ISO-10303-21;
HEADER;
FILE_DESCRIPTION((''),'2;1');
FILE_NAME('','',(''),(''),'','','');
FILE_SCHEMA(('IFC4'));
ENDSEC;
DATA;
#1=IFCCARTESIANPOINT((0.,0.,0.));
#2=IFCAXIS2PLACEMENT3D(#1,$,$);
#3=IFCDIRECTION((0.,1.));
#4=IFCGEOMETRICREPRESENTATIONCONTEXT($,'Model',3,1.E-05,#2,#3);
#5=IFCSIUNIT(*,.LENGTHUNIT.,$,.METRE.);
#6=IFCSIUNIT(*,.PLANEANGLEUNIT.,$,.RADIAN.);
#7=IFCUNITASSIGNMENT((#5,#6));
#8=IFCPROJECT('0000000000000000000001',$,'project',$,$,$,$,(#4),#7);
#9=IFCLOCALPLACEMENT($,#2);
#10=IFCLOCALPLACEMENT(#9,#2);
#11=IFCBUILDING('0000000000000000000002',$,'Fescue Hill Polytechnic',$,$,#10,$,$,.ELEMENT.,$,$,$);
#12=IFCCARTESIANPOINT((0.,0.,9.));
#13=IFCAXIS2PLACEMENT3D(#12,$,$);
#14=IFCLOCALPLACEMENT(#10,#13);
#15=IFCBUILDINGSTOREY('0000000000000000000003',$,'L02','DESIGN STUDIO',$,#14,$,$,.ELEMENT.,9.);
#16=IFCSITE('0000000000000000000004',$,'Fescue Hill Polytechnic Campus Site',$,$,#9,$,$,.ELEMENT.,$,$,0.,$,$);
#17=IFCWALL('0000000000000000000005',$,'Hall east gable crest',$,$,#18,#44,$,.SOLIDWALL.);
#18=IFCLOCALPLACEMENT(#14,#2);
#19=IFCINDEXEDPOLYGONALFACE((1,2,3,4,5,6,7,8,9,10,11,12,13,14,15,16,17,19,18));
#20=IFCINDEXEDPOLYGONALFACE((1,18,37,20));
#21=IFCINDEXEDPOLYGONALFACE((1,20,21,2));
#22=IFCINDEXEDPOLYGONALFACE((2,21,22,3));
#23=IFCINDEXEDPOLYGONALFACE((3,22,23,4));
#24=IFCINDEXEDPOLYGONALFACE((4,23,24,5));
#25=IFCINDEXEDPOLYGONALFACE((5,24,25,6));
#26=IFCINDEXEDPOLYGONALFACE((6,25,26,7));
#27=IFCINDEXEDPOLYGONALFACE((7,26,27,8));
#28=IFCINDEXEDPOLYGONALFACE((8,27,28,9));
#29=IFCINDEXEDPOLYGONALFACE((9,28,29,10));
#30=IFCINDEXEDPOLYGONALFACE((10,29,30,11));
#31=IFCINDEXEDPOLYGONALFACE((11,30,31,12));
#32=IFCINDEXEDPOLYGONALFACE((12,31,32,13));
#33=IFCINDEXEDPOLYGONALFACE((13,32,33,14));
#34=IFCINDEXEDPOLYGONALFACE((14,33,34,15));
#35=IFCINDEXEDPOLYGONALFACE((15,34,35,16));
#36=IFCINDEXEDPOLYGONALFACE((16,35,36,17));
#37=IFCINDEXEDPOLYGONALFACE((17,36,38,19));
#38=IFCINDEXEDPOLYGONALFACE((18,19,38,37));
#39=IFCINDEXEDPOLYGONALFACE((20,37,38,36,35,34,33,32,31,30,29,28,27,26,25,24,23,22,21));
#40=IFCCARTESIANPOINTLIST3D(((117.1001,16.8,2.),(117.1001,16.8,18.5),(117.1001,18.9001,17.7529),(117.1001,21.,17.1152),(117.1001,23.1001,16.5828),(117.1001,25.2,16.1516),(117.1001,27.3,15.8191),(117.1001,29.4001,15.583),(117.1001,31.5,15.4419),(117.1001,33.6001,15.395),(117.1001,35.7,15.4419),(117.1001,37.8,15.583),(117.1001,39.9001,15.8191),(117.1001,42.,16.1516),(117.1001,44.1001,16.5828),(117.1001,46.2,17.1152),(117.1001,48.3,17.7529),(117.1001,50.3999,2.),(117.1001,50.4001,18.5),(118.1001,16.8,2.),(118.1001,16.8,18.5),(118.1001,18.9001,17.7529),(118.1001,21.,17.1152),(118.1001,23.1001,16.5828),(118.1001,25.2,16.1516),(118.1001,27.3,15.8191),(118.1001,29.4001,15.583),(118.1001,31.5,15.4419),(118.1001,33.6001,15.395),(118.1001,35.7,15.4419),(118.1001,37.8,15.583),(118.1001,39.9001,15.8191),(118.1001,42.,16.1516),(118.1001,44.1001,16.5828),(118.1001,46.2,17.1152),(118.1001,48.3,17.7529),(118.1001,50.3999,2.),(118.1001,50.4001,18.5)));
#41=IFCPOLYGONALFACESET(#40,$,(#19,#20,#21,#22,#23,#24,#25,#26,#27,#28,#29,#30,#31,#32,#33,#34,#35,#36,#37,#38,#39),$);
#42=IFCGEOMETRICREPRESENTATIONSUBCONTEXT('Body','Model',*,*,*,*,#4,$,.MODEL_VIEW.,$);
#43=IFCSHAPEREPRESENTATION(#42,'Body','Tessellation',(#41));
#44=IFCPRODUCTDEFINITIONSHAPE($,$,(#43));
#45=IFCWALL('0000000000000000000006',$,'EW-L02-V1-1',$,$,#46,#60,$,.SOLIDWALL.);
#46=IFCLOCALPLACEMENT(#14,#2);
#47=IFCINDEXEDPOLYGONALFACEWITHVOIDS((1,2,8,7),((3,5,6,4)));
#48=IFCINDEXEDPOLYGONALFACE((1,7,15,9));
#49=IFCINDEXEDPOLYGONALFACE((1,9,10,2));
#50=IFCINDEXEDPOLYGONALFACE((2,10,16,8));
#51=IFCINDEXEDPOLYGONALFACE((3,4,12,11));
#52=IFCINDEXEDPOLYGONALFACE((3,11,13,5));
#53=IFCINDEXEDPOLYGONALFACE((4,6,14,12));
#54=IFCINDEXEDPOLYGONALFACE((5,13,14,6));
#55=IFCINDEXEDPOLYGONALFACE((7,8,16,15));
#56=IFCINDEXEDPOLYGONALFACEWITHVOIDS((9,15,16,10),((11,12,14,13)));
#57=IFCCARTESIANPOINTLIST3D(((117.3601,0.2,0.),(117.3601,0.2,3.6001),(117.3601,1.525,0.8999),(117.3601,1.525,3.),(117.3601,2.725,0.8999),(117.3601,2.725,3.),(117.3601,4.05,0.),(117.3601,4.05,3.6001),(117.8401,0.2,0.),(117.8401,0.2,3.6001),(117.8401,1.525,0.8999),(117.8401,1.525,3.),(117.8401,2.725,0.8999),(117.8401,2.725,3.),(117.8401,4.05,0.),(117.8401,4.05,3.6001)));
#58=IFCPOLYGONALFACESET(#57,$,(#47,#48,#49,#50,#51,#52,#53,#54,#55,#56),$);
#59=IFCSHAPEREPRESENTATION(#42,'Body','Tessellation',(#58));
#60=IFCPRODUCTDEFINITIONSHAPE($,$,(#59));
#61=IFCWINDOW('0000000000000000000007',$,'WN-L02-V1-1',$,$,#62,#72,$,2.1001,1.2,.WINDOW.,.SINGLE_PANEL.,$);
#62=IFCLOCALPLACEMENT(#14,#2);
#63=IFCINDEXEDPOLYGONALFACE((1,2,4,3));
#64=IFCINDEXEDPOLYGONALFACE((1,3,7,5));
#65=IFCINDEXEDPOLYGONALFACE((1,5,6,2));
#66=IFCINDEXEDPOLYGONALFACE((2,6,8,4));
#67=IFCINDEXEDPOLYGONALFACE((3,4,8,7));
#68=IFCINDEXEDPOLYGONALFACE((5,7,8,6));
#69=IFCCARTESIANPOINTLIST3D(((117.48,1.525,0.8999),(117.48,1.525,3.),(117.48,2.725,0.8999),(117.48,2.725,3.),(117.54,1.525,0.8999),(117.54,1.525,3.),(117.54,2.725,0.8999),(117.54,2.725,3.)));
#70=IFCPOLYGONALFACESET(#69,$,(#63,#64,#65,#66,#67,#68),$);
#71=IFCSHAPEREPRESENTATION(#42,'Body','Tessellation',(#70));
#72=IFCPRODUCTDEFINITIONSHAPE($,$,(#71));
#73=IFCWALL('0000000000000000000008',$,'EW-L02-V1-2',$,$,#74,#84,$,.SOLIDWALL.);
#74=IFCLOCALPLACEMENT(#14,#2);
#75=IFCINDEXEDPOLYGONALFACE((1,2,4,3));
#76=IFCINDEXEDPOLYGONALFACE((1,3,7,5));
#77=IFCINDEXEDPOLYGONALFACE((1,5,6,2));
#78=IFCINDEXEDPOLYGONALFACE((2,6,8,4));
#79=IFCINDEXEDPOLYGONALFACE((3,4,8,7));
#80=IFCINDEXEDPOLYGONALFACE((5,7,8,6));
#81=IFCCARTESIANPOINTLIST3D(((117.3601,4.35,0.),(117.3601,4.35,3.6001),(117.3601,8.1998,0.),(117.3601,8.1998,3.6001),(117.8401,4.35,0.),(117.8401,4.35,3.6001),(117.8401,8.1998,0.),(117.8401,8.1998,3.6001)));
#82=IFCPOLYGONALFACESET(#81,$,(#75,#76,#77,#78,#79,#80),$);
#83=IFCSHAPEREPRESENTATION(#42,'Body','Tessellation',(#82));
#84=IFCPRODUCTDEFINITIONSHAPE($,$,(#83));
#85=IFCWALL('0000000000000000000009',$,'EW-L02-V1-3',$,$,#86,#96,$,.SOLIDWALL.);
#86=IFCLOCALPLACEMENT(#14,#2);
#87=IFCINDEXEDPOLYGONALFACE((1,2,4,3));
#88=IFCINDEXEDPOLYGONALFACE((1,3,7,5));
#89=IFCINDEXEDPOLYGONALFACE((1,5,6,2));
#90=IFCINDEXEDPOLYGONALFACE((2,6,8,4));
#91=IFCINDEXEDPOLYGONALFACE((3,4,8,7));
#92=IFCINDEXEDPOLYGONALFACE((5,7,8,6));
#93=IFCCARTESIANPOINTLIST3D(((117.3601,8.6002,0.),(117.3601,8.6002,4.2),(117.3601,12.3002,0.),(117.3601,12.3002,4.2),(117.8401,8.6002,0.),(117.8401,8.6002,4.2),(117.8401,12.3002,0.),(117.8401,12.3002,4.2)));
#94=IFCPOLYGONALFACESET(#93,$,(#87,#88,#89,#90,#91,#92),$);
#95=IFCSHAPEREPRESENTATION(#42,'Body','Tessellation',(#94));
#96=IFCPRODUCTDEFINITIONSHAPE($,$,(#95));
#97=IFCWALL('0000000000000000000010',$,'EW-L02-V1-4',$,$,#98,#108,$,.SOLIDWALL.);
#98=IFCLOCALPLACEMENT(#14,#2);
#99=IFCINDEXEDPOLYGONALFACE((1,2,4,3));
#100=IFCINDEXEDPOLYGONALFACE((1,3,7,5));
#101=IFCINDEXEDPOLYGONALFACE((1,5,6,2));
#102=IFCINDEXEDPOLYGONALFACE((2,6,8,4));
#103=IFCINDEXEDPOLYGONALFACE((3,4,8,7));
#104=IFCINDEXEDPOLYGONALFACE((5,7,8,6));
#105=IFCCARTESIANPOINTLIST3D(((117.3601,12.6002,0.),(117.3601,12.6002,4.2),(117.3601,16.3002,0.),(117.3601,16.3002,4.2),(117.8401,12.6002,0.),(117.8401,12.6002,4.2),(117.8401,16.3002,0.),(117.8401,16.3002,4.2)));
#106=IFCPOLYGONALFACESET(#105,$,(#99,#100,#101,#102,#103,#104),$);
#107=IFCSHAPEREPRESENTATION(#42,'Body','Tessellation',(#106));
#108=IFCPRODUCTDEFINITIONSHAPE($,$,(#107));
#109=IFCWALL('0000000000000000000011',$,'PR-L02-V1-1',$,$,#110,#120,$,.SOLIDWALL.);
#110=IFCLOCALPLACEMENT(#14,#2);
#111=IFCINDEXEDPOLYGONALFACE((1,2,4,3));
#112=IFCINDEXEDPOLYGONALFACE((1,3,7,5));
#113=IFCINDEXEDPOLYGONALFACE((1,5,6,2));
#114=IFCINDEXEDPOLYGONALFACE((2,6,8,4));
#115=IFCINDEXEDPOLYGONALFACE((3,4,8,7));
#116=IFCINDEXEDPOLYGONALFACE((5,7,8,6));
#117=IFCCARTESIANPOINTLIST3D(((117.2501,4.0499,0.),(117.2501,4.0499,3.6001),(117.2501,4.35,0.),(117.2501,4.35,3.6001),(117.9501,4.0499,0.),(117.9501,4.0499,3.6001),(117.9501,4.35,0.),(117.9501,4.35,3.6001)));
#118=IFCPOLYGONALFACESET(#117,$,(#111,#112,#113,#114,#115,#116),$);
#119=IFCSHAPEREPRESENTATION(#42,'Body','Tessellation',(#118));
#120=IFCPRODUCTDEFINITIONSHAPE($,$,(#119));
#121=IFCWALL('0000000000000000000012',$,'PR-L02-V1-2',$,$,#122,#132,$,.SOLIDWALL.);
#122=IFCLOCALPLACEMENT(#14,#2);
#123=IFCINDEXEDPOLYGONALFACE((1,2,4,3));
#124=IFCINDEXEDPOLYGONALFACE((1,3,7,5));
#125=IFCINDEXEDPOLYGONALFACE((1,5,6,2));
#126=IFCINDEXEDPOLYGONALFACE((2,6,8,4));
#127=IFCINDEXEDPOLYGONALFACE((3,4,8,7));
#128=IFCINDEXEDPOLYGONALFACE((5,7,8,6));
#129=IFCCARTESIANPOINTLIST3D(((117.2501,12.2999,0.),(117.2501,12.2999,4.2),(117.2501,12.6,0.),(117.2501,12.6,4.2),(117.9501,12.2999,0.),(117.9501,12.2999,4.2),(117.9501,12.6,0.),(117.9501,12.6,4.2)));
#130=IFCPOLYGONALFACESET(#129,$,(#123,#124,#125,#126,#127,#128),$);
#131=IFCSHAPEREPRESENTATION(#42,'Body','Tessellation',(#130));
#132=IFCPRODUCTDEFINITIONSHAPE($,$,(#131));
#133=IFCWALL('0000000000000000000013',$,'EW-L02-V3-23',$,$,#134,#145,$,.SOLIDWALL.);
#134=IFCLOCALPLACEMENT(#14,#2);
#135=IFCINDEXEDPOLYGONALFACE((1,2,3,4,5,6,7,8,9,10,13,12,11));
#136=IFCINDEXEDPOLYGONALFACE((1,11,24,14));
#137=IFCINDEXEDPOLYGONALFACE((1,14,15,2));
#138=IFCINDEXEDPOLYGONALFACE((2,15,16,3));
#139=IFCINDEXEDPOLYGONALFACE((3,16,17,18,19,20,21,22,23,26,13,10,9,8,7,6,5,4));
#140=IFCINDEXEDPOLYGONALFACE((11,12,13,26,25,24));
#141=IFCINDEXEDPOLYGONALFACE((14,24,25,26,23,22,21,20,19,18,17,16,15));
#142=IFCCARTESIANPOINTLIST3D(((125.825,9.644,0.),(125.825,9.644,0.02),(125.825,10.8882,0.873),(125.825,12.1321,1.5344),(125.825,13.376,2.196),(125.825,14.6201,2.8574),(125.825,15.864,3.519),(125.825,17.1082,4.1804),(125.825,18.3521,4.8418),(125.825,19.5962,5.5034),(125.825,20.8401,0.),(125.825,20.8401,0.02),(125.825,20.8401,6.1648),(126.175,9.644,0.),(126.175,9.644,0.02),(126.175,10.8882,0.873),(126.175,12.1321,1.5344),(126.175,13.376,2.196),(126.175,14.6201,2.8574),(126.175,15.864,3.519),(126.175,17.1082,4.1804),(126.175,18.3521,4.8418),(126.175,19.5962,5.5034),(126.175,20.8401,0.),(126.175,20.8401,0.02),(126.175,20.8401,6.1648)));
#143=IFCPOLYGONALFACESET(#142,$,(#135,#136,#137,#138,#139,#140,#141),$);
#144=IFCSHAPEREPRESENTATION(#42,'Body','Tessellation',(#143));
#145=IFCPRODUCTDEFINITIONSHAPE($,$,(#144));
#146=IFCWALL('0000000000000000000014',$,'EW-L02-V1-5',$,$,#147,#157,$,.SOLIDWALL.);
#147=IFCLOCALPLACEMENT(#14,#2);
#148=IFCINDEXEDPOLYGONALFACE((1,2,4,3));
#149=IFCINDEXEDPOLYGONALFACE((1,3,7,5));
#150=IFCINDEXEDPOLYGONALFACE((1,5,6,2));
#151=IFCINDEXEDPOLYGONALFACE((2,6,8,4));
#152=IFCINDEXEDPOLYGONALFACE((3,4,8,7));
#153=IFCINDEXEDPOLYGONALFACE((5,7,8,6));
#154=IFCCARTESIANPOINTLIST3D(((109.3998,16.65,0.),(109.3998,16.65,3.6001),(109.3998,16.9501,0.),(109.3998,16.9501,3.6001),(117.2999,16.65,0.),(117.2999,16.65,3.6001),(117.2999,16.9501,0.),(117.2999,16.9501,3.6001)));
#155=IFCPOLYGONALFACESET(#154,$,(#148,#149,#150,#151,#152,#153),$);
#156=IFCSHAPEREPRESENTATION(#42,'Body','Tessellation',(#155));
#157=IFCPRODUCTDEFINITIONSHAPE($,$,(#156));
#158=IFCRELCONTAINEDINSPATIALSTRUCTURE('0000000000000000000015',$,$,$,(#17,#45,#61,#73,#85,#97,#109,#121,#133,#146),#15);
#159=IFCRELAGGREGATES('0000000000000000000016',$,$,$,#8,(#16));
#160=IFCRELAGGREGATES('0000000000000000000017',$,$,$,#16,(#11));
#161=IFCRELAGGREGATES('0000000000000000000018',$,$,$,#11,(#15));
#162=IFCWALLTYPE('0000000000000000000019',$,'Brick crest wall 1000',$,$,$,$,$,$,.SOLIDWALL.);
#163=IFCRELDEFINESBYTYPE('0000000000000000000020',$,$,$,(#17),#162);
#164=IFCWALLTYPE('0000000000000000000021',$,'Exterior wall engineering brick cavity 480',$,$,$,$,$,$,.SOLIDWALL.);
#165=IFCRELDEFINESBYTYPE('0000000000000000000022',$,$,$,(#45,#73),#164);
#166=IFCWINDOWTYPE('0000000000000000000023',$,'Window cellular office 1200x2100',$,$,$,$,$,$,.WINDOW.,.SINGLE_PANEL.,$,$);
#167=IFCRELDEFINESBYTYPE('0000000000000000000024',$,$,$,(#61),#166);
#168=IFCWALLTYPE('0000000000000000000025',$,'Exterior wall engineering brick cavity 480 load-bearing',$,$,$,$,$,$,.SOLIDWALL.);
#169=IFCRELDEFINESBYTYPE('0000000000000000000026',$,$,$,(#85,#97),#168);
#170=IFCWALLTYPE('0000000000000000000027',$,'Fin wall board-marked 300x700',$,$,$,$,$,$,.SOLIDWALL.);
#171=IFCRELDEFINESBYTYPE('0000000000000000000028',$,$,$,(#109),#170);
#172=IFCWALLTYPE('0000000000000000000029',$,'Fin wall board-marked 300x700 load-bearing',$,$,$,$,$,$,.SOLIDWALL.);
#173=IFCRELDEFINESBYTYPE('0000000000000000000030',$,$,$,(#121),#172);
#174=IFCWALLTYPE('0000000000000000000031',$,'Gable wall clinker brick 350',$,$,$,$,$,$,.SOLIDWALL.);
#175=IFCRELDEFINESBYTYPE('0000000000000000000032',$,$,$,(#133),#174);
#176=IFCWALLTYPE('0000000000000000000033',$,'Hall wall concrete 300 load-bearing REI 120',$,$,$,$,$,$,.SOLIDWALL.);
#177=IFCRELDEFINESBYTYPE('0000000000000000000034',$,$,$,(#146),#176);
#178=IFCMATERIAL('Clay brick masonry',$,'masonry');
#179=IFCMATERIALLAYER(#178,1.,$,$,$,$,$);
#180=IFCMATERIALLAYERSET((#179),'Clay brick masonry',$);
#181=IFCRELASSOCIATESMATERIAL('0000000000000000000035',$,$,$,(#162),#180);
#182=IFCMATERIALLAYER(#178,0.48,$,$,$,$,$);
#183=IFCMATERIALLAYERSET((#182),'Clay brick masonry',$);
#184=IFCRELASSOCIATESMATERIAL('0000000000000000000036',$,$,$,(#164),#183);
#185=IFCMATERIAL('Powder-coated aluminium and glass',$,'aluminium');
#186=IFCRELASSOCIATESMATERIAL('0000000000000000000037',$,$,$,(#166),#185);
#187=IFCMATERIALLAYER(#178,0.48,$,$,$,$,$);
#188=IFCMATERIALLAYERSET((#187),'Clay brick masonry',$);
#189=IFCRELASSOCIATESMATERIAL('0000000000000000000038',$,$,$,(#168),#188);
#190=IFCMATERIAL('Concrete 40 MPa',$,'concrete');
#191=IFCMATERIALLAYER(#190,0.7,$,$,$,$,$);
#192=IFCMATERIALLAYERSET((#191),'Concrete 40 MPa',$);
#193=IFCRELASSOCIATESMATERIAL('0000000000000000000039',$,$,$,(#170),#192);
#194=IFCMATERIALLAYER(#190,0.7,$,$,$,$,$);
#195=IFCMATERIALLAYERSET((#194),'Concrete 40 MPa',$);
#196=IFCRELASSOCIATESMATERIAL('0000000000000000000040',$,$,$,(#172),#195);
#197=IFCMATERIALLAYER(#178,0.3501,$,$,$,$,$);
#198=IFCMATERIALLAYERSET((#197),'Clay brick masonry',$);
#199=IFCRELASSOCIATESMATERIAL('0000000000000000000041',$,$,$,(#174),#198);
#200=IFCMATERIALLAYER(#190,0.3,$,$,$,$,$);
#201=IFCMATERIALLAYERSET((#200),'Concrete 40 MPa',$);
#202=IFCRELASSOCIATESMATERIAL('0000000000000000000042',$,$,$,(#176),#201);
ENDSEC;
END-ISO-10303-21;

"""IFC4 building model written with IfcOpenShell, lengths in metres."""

from ifc_helpers import new_model, si_unit, direction, frame, frame_2d, origin, place, context, subcontext, project, spatial, polyline, rectangle, outline, extrude, material, layer, layer_set, type_object, element, fill, save


model = new_model("IFC4")

# Units and contexts
model_context = context("Model", 3, precision=1e-05, world=origin(), true_north=direction((0.0, 1.0)))
body_context = subcontext(model_context, "Body", "Model", "MODEL_VIEW")
ifc_project = project(units=[si_unit("LENGTHUNIT", "METRE"), si_unit("PLANEANGLEUNIT", "RADIAN")], contexts=[model_context])

# Site, building, storey
site_placement = place(None, origin())
site = spatial("IfcSite", under=ifc_project, at=site_placement, Name="Fescue Hill Polytechnic Campus Site", CompositionType="ELEMENT", RefElevation=0.0)
building_placement = place(site_placement, origin())
building = spatial("IfcBuilding", under=site, at=building_placement, Name="Fescue Hill Polytechnic", CompositionType="ELEMENT")
storey_placement = place(building_placement, frame((0.0, 0.0, 9.0)))
storey = spatial("IfcBuildingStorey", under=building, at=storey_placement, Name="L02", Description="DESIGN STUDIO", CompositionType="ELEMENT", Elevation=9.0)

# Shared definitions
ifc_material_1 = material(Name="Concrete 40 MPa", Category="concrete")

# Shared definitions
ifc_material_2 = material(Name="Powder-coated aluminium and glass", Category="aluminium")

# Wall
ifc_material_3 = material(Name="Clay brick masonry", Category="masonry")
ifc_layer_1 = layer(ifc_material_3, 1.0)
ifc_layer_set_1 = layer_set([ifc_layer_1], Name="Clay brick masonry")
wall_type_1 = type_object("IfcWallType", Name="Brick crest wall 1000", PredefinedType="SOLIDWALL", material=ifc_layer_set_1)
wall_1_placement = place(storey_placement, frame((117.6001, 16.8, 2.0), z_axis=(0.0, 0.0, 1.0), x_axis=(0.0, 1.0, 0.0)))
element("IfcWall", 1, at=wall_1_placement, inside=storey, type_object=wall_type_1, Name="Hall east gable crest", PredefinedType="SOLIDWALL", context=body_context, shape_type="SweptSolid", body=[
    extrude(outline(polyline([(0.0, 0.0), (33.5999, 0.0), (33.6001, 16.5), (31.5, 15.7529), (29.3999, 15.1152), (27.3, 14.5828), (25.2, 14.1516), (23.1001, 13.8191), (21.0, 13.583), (18.8999, 13.4419), (16.8, 13.395), (14.7, 13.4419), (12.6001, 13.583), (10.5, 13.8191), (8.3999, 14.1516), (6.3, 14.5828), (4.2, 15.1152), (2.1001, 15.7529), (0.0, 16.5), (0.0, 0.0)])), frame((0.0, 0.5, 0.0), z_axis=(0.0, -1.0, 0.0), x_axis=(1.0, 0.0, 0.0)), (0.0, 0.0, 1.0), 1.0),
])

# Wall, opening, window
ifc_layer_2 = layer(ifc_material_3, 0.48)
ifc_layer_set_2 = layer_set([ifc_layer_2], Name="Clay brick masonry")
wall_type_2 = type_object("IfcWallType", Name="Exterior wall engineering brick cavity 480", PredefinedType="SOLIDWALL", material=ifc_layer_set_2)
wall_2_placement = place(storey_placement, frame((117.6001, 0.2, 0.0), z_axis=(0.0, 0.0, 1.0), x_axis=(0.0, 1.0, 0.0)))
wall_2 = element("IfcWall", 2, at=wall_2_placement, inside=storey, type_object=wall_type_2, Name="EW-L02-V1-1", PredefinedType="SOLIDWALL", context=body_context, shape_type="SweptSolid", body=[
    extrude(rectangle(XDim=3.8501, YDim=0.48, at=frame_2d((1.925, 0.0))), origin(), (0.0, 0.0, 1.0), 3.6001),
])
opening_1_placement = place(wall_2_placement, frame((1.325, 0.0, 0.8999)))
opening_1 = element("IfcOpeningElement", 3, at=opening_1_placement, cuts=wall_2, PredefinedType="OPENING", context=body_context, shape_type="SweptSolid", body=[
    extrude(rectangle(XDim=1.2, YDim=2.1001, at=frame_2d((0.6001, 1.05))), frame((0.0, 0.25, 0.0), z_axis=(0.0, -1.0, 0.0), x_axis=(1.0, 0.0, 0.0)), (0.0, 0.0, 1.0), 0.5),
])
window_type_1 = type_object("IfcWindowType", Name="Window cellular office 1200x2100", PartitioningType="SINGLE_PANEL", PredefinedType="WINDOW", material=ifc_material_2)
window_1_placement = place(opening_1_placement, origin())
window_1 = element("IfcWindow", 4, at=window_1_placement, inside=storey, type_object=window_type_1, Name="WN-L02-V1-1", OverallHeight=2.1001, OverallWidth=1.2, PartitioningType="SINGLE_PANEL", PredefinedType="WINDOW", context=body_context, shape_type="SweptSolid", body=[
    extrude(rectangle(XDim=1.2, YDim=2.1001, at=frame_2d((0.6001, 1.05))), frame((0.0, 0.1201, 0.0), z_axis=(0.0, -1.0, 0.0), x_axis=(1.0, 0.0, 0.0)), (0.0, 0.0, 1.0), 0.0601),
])
fill(opening_1, window_1)

# Walls
wall_3_placement = place(storey_placement, frame((117.6001, 4.3501, 0.0), z_axis=(0.0, 0.0, 1.0), x_axis=(0.0, 1.0, 0.0)))
element("IfcWall", 5, at=wall_3_placement, inside=storey, type_object=wall_type_2, Name="EW-L02-V1-2", PredefinedType="SOLIDWALL", context=body_context, shape_type="SweptSolid", body=[
    extrude(rectangle(XDim=3.8499, YDim=0.48, at=frame_2d((1.9248, 0.0))), origin(), (0.0, 0.0, 1.0), 3.6001),
])
ifc_layer_3 = layer(ifc_material_3, 0.48)
ifc_layer_set_3 = layer_set([ifc_layer_3], Name="Clay brick masonry")
wall_type_3 = type_object("IfcWallType", Name="Exterior wall engineering brick cavity 480 load-bearing", PredefinedType="SOLIDWALL", material=ifc_layer_set_3)
for number, where, z_axis, x_axis, name in (
    (6, (117.6001, 8.6001, 0.0), (0.0, 0.0, 1.0), (0.0, 1.0, 0.0), "EW-L02-V1-3"),
    (7, (117.6001, 12.6001, 0.0), (0.0, 0.0, 1.0), (0.0, 1.0, 0.0), "EW-L02-V1-4"),
):
    element("IfcWall", number, at=place(storey_placement, frame(where, z_axis=z_axis, x_axis=x_axis)), inside=storey, type_object=wall_type_3, Name=name, PredefinedType="SOLIDWALL", context=body_context, shape_type="SweptSolid", body=[
        extrude(rectangle(XDim=3.7, YDim=0.48, at=frame_2d((1.8501, 0.0))), origin(), (0.0, 0.0, 1.0), 4.2),
    ])
ifc_layer_4 = layer(ifc_material_1, 0.7)
ifc_layer_set_4 = layer_set([ifc_layer_4], Name="Concrete 40 MPa")
wall_type_4 = type_object("IfcWallType", Name="Fin wall board-marked 300x700", PredefinedType="SOLIDWALL", material=ifc_layer_set_4)
wall_4_placement = place(storey_placement, frame((117.6001, 4.05, 0.0), z_axis=(0.0, 0.0, 1.0), x_axis=(0.0, 1.0, 0.0)))
element("IfcWall", 8, at=wall_4_placement, inside=storey, type_object=wall_type_4, Name="PR-L02-V1-1", PredefinedType="SOLIDWALL", context=body_context, shape_type="SweptSolid", body=[
    extrude(rectangle(XDim=0.3, YDim=0.7, at=frame_2d((0.1499, 0.0))), origin(), (0.0, 0.0, 1.0), 3.6001),
])
ifc_layer_5 = layer(ifc_material_1, 0.7)
ifc_layer_set_5 = layer_set([ifc_layer_5], Name="Concrete 40 MPa")
wall_type_5 = type_object("IfcWallType", Name="Fin wall board-marked 300x700 load-bearing", PredefinedType="SOLIDWALL", material=ifc_layer_set_5)
wall_5_placement = place(storey_placement, frame((117.6001, 12.3, 0.0), z_axis=(0.0, 0.0, 1.0), x_axis=(0.0, 1.0, 0.0)))
element("IfcWall", 9, at=wall_5_placement, inside=storey, type_object=wall_type_5, Name="PR-L02-V1-2", PredefinedType="SOLIDWALL", context=body_context, shape_type="SweptSolid", body=[
    extrude(rectangle(XDim=0.3, YDim=0.7, at=frame_2d((0.1499, 0.0))), origin(), (0.0, 0.0, 1.0), 4.2),
])
ifc_layer_6 = layer(ifc_material_3, 0.3501)
ifc_layer_set_6 = layer_set([ifc_layer_6], Name="Clay brick masonry")
wall_type_6 = type_object("IfcWallType", Name="Gable wall clinker brick 350", PredefinedType="SOLIDWALL", material=ifc_layer_set_6)
wall_6_placement = place(storey_placement, frame((126.0, 20.8401, 0.0), z_axis=(0.0, 0.0, 1.0), x_axis=(0.0, -1.0, 0.0)))
element("IfcWall", 10, at=wall_6_placement, inside=storey, type_object=wall_type_6, Name="EW-L02-V3-23", PredefinedType="SOLIDWALL", context=body_context, shape_type="SweptSolid", body=[
    extrude(outline(polyline([(0.0, 0.0), (11.196, 0.0), (11.196, 0.2114), (11.196, 0.02), (9.9519, 0.873), (8.708, 1.5344), (7.4641, 2.196), (6.22, 2.8574), (4.9761, 3.519), (3.7319, 4.1804), (2.488, 4.8418), (1.2439, 5.5034), (0.0, 6.1648), (0.0, 0.02), (0.0, 0.0)])), frame((0.0, 0.175, 0.0), z_axis=(0.0, -1.0, 0.0), x_axis=(1.0, 0.0, 0.0)), (0.0, 0.0, 1.0), 0.3501),
])
ifc_layer_7 = layer(ifc_material_1, 0.3)
ifc_layer_set_7 = layer_set([ifc_layer_7], Name="Concrete 40 MPa")
wall_type_7 = type_object("IfcWallType", Name="Hall wall concrete 300 load-bearing REI 120", PredefinedType="SOLIDWALL", material=ifc_layer_set_7)
wall_7_placement = place(storey_placement, frame((117.3, 16.8, 0.0), z_axis=(0.0, 0.0, 1.0), x_axis=(-1.0, 0.0, 0.0)))
element("IfcWall", 11, at=wall_7_placement, inside=storey, type_object=wall_type_7, Name="EW-L02-V1-5", PredefinedType="SOLIDWALL", context=body_context, shape_type="SweptSolid", body=[
    extrude(rectangle(XDim=7.9001, YDim=0.3, at=frame_2d((3.9502, 0.0))), origin(), (0.0, 0.0, 1.0), 3.6001),
])

save(model, "model.ifc")
